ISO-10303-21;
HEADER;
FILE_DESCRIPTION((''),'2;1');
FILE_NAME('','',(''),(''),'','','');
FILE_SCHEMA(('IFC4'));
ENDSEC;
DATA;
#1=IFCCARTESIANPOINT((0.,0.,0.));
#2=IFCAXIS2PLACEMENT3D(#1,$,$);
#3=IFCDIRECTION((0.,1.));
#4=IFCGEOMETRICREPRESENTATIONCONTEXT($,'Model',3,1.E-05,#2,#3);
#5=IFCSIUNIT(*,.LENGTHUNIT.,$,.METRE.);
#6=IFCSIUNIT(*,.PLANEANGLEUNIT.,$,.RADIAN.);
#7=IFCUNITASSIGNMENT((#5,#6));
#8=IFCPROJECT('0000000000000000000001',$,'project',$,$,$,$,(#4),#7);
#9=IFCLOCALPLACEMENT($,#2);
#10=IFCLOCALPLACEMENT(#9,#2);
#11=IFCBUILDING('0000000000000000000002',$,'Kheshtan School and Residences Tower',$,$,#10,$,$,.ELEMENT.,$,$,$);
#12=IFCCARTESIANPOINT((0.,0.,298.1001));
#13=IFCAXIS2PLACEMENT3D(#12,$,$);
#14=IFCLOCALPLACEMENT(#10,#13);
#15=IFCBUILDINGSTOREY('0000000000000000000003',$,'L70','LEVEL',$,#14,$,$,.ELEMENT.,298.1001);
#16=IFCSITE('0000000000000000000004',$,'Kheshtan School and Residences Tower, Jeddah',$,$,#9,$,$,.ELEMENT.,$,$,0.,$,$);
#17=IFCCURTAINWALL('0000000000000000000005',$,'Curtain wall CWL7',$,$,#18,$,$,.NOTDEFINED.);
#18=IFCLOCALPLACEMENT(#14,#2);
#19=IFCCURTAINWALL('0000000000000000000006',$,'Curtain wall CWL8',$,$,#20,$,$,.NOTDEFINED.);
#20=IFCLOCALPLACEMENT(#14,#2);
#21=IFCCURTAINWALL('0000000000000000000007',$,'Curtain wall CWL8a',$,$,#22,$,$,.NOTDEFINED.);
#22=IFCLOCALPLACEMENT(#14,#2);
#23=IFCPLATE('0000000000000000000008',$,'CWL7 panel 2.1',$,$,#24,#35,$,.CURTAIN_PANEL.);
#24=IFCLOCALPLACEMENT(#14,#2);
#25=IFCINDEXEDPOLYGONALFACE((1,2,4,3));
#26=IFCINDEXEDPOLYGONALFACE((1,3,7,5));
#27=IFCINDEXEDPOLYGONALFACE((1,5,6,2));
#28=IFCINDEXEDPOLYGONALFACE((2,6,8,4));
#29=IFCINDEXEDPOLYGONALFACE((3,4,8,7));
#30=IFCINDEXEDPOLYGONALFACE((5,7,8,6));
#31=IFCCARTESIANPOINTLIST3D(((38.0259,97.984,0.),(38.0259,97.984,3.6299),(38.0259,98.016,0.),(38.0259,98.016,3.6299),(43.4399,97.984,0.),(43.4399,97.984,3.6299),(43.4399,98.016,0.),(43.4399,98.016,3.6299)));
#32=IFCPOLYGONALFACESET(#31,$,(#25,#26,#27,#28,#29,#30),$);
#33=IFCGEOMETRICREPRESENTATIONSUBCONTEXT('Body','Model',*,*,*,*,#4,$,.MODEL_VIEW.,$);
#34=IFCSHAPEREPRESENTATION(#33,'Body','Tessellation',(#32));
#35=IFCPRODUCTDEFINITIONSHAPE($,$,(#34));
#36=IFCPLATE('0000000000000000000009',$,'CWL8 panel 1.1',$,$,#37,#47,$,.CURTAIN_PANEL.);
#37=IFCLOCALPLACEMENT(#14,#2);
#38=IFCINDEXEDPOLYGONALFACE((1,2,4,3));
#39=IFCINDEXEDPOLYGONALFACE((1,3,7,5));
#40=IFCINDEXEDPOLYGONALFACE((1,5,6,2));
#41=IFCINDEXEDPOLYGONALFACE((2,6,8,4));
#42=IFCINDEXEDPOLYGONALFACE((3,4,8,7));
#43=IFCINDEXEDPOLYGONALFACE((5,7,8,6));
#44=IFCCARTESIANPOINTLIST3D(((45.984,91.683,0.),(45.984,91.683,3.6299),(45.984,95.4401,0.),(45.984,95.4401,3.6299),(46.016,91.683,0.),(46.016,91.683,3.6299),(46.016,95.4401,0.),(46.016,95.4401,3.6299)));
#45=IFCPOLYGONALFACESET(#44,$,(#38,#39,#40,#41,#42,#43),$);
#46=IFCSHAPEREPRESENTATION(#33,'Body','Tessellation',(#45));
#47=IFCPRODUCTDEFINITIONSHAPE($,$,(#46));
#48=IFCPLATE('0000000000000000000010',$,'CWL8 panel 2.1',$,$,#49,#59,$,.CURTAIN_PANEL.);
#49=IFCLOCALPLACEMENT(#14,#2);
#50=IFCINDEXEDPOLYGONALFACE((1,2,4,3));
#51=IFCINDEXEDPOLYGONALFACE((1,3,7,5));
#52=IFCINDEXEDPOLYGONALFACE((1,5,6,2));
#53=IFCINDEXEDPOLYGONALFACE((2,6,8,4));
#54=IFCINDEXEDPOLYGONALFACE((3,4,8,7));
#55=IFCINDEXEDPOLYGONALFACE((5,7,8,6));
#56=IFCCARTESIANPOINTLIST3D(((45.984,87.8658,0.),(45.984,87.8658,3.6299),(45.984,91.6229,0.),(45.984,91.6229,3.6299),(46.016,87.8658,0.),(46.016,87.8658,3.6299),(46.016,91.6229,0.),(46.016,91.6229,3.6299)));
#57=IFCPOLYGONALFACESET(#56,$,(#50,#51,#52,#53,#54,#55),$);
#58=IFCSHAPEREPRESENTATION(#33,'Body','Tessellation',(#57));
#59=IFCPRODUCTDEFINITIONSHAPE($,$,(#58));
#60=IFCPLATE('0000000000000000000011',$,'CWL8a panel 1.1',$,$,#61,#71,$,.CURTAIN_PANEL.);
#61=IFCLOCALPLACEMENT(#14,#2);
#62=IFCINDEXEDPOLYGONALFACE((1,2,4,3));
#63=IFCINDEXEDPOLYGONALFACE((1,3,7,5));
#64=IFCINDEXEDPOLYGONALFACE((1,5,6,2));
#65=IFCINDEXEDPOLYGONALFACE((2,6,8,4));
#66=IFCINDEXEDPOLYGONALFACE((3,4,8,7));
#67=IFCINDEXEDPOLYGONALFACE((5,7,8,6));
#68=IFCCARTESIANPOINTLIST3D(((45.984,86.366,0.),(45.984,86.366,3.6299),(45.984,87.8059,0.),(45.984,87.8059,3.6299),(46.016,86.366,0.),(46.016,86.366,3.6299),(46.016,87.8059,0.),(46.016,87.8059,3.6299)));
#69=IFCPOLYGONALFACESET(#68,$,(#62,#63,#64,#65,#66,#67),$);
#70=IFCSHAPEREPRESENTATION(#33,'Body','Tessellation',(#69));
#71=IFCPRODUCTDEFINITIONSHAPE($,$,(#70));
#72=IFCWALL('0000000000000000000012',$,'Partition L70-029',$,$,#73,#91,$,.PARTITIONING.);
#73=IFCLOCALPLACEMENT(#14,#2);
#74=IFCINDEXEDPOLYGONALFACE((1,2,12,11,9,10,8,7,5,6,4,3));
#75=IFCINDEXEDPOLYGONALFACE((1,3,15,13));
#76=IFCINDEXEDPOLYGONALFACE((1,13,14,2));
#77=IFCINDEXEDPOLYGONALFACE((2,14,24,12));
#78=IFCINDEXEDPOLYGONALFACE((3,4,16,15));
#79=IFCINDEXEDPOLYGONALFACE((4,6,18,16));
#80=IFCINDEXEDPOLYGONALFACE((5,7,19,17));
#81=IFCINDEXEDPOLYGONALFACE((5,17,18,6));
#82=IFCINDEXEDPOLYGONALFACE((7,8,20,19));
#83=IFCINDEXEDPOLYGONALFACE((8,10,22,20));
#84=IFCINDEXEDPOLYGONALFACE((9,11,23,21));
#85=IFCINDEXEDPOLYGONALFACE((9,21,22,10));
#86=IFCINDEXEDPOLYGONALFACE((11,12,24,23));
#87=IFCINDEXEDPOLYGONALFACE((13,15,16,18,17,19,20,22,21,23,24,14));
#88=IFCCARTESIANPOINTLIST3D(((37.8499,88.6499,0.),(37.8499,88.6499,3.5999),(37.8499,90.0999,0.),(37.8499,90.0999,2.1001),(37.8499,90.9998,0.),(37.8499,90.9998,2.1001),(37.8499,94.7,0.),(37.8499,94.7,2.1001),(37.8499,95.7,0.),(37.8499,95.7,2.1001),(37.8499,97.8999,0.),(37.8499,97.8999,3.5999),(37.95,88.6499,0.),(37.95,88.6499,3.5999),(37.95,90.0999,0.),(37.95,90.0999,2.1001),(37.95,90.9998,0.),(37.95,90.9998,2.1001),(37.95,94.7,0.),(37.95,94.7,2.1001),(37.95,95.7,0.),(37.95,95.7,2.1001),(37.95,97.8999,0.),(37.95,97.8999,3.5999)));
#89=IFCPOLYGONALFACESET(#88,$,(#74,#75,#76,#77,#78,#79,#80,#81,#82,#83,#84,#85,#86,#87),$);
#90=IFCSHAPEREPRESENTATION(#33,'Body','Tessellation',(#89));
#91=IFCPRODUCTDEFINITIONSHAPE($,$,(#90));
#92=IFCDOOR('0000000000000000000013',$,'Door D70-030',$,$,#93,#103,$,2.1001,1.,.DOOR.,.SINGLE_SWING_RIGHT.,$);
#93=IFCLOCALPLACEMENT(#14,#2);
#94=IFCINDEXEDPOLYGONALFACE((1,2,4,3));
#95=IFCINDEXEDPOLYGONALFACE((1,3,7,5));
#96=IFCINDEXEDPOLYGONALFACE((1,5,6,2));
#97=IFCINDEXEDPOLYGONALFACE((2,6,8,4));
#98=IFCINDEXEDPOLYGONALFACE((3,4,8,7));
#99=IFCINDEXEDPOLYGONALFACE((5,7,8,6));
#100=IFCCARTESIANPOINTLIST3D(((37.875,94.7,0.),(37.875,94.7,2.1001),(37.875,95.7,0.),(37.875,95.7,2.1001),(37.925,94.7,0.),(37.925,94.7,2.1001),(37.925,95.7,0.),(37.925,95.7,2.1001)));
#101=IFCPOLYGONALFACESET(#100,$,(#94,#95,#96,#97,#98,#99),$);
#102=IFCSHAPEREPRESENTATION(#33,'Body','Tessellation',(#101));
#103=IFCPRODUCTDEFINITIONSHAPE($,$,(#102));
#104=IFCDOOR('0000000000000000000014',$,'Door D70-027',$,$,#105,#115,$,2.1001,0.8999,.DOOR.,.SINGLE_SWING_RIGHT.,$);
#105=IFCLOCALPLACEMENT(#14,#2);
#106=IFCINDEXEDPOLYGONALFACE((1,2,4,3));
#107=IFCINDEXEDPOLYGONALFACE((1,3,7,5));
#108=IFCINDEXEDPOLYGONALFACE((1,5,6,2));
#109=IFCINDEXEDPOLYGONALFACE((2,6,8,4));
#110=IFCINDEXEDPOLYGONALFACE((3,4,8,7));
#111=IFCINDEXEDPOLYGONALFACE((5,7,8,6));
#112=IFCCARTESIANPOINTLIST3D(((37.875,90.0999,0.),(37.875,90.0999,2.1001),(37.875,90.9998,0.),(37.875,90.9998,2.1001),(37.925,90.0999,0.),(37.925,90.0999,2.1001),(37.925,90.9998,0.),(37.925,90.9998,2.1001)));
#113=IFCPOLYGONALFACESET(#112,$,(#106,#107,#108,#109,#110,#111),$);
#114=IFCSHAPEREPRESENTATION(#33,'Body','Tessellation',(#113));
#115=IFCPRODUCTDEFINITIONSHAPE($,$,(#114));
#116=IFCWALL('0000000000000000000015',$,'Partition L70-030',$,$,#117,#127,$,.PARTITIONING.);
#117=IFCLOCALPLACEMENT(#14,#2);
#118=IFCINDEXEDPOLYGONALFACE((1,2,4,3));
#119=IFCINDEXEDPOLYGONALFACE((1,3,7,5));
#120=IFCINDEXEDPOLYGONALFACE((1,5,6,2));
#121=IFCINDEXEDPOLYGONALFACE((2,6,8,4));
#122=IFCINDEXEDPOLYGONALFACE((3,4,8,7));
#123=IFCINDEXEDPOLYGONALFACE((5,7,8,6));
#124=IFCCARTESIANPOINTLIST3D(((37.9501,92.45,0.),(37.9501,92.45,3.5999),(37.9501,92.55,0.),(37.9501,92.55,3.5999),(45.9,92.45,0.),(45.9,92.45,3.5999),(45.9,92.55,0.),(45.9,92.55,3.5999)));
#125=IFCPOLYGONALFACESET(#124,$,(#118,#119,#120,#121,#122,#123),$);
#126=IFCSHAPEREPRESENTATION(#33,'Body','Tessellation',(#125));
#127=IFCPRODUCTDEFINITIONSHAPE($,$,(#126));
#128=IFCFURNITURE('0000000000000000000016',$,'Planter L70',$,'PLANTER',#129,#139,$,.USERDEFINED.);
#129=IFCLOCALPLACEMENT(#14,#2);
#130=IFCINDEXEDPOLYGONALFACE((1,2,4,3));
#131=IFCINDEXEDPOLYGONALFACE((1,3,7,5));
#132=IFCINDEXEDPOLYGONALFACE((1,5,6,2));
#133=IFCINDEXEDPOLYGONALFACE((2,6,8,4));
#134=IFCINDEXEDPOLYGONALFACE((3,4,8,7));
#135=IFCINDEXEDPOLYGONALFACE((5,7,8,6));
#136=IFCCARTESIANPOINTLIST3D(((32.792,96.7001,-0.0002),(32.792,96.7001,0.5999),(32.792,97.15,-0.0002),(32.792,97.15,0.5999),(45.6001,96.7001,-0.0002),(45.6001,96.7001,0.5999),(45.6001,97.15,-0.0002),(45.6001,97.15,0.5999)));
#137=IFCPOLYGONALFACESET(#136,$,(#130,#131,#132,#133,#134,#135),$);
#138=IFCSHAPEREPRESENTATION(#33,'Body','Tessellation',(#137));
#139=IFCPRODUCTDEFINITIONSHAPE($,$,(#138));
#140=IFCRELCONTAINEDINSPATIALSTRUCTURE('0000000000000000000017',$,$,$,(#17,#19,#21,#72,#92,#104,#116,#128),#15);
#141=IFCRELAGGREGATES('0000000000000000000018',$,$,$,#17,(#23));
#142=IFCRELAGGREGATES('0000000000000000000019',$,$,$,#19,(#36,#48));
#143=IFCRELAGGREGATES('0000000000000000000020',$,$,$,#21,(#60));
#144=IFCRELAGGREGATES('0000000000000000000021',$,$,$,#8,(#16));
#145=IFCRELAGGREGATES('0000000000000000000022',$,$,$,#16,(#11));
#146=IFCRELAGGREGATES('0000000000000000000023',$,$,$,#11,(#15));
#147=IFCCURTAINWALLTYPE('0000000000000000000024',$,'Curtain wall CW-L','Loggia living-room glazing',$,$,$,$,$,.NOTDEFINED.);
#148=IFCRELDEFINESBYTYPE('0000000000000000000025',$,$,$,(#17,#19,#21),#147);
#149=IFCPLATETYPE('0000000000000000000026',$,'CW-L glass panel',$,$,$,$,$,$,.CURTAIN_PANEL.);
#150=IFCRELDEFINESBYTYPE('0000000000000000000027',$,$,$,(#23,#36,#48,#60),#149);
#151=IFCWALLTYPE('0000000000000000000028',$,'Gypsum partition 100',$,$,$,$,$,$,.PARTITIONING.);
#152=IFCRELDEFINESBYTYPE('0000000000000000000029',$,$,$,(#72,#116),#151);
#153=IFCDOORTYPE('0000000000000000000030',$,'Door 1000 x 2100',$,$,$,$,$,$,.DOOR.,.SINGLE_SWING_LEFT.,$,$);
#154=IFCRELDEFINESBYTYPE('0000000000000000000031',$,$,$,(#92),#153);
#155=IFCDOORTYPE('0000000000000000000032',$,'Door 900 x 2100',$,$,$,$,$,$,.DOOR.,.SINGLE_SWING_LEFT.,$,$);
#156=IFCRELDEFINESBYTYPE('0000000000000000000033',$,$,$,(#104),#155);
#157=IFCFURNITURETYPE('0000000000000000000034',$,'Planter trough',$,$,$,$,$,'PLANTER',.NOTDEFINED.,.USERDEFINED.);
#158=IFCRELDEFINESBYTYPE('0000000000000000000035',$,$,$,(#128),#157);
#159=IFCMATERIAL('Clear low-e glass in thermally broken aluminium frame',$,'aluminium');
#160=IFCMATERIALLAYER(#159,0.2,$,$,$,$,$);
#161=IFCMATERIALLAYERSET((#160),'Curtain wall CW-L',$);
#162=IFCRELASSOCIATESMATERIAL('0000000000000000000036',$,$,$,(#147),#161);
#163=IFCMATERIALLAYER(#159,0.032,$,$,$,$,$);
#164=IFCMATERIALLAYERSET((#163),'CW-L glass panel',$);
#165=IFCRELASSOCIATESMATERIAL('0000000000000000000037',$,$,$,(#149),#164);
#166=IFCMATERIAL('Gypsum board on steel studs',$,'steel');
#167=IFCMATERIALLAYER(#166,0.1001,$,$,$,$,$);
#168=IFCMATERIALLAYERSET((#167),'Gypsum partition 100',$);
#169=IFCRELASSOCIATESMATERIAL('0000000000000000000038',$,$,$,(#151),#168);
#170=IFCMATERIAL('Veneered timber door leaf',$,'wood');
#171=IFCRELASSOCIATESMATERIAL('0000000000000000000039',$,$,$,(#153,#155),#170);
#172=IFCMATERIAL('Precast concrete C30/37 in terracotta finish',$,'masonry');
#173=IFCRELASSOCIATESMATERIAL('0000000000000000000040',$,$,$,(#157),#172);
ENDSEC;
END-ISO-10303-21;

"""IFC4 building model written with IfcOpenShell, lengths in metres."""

from ifc_helpers import new_model, si_unit, direction, frame, frame_2d, origin, origin_2d, place, context, subcontext, project, spatial, rectangle, extrude, source, transform, mapped, material, layer, layer_set, type_object, element, fill, aggregate, save


model = new_model("IFC4")

# Units and contexts
model_context = context("Model", 3, precision=1e-05, world=origin(), true_north=direction((0.0, 1.0)))
body_context = subcontext(model_context, "Body", "Model", "MODEL_VIEW")
ifc_project = project(units=[si_unit("LENGTHUNIT", "METRE"), si_unit("PLANEANGLEUNIT", "RADIAN")], contexts=[model_context])

# Site, building, storey
site_placement = place(None, origin())
site = spatial("IfcSite", under=ifc_project, at=site_placement, Name="Kheshtan School and Residences Tower, Jeddah", CompositionType="ELEMENT", RefElevation=0.0)
building_placement = place(site_placement, origin())
building = spatial("IfcBuilding", under=site, at=building_placement, Name="Kheshtan School and Residences Tower", CompositionType="ELEMENT")
storey_placement = place(building_placement, frame((0.0, 0.0, 298.1001)))
storey = spatial("IfcBuildingStorey", under=building, at=storey_placement, Name="L70", Description="LEVEL", CompositionType="ELEMENT", Elevation=298.1001)

# Curtain walls
ifc_material_1 = material(Name="Clear low-e glass in thermally broken aluminium frame", Category="aluminium")
ifc_layer_1 = layer(ifc_material_1, 0.2)
ifc_layer_set_1 = layer_set([ifc_layer_1], Name="Curtain wall CW-L")
curtain_wall_type = type_object("IfcCurtainWallType", Name="Curtain wall CW-L", Description="Loggia living-room glazing", PredefinedType="NOTDEFINED", material=ifc_layer_set_1)
curtain_wall_1_placement = place(storey_placement, origin())
curtain_wall_1 = element("IfcCurtainWall", 1, at=curtain_wall_1_placement, inside=storey, type_object=curtain_wall_type, Name="Curtain wall CWL7", PredefinedType="NOTDEFINED")
curtain_wall_2_placement = place(storey_placement, origin())
curtain_wall_2 = element("IfcCurtainWall", 2, at=curtain_wall_2_placement, inside=storey, type_object=curtain_wall_type, Name="Curtain wall CWL8", PredefinedType="NOTDEFINED")

# Curtain wall
curtain_wall_3_placement = place(storey_placement, origin())
curtain_wall_3 = element("IfcCurtainWall", 3, at=curtain_wall_3_placement, inside=storey, type_object=curtain_wall_type, Name="Curtain wall CWL8a", PredefinedType="NOTDEFINED")

# Plates
ifc_layer_2 = layer(ifc_material_1, 0.032)
ifc_layer_set_2 = layer_set([ifc_layer_2], Name="CW-L glass panel")
plate_type = type_object("IfcPlateType", Name="CW-L glass panel", PredefinedType="CURTAIN_PANEL", material=ifc_layer_set_2)
plate_1_placement = place(storey_placement, frame((40.7329, 98.0, 0.0), z_axis=(0.0, 0.0, 1.0), x_axis=(1.0, 0.0, 0.0)))
plate_1 = element("IfcPlate", 4, at=plate_1_placement, type_object=plate_type, Name="CWL7 panel 2.1", PredefinedType="CURTAIN_PANEL", context=body_context, shape_type="SweptSolid", body=[
    extrude(rectangle(XDim=5.4141, YDim=0.032, at=origin_2d()), origin(), (0.0, 0.0, 1.0), 3.6299),
])
aggregate(curtain_wall_1, [plate_1])
plate_2_placement = place(storey_placement, frame((46.0, 93.5615, 0.0), z_axis=(0.0, 0.0, 1.0), x_axis=(0.0, -1.0, 0.0)))
plate_2 = element("IfcPlate", 5, at=plate_2_placement, type_object=plate_type, Name="CWL8 panel 1.1", PredefinedType="CURTAIN_PANEL", context=body_context, shape_type="SweptSolid", body=[
    extrude(rectangle(XDim=3.7571, YDim=0.032, at=origin_2d()), origin(), (0.0, 0.0, 1.0), 3.6299),
])
plate_3_placement = place(storey_placement, frame((46.0, 89.7444, 0.0), z_axis=(0.0, 0.0, 1.0), x_axis=(0.0, -1.0, 0.0)))
plate_3 = element("IfcPlate", 6, at=plate_3_placement, type_object=plate_type, Name="CWL8 panel 2.1", PredefinedType="CURTAIN_PANEL", context=body_context, shape_type="SweptSolid", body=[
    extrude(rectangle(XDim=3.7571, YDim=0.032, at=origin_2d()), origin(), (0.0, 0.0, 1.0), 3.6299),
])
aggregate(curtain_wall_2, [plate_2, plate_3])
plate_4_placement = place(storey_placement, frame((46.0, 87.0859, 0.0), z_axis=(0.0, 0.0, 1.0), x_axis=(0.0, -1.0, 0.0)))
plate_4 = element("IfcPlate", 7, at=plate_4_placement, type_object=plate_type, Name="CWL8a panel 1.1", PredefinedType="CURTAIN_PANEL", context=body_context, shape_type="SweptSolid", body=[
    extrude(rectangle(XDim=1.4399, YDim=0.032, at=origin_2d()), origin(), (0.0, 0.0, 1.0), 3.6299),
])
aggregate(curtain_wall_3, [plate_4])

# Wall, openings, doors
ifc_material_2 = material(Name="Gypsum board on steel studs", Category="steel")
ifc_layer_3 = layer(ifc_material_2, 0.1001)
ifc_layer_set_3 = layer_set([ifc_layer_3], Name="Gypsum partition 100")
wall_type_1 = type_object("IfcWallType", Name="Gypsum partition 100", PredefinedType="PARTITIONING", material=ifc_layer_set_3)
wall_1_placement = place(storey_placement, frame((37.8999, 88.6499, 0.0), z_axis=(0.0, 0.0, 1.0), x_axis=(0.0, 1.0, 0.0)))
wall_1 = element("IfcWall", 8, at=wall_1_placement, inside=storey, type_object=wall_type_1, Name="Partition L70-029", PredefinedType="PARTITIONING", context=body_context, shape_type="SweptSolid", body=[
    extrude(rectangle(XDim=9.25, YDim=0.1001, at=frame_2d((4.625, 0.0))), origin(), (0.0, 0.0, 1.0), 3.5999),
])
opening_1_placement = place(wall_1_placement, frame((1.45, 0.0, 0.0)))
opening_1 = element("IfcOpeningElement", 9, at=opening_1_placement, cuts=wall_1, PredefinedType="OPENING", context=body_context, shape_type="SweptSolid", body=[
    extrude(rectangle(XDim=0.8999, YDim=2.1001, at=frame_2d((0.45, 1.05))), frame((0.0, 0.0601, 0.0), z_axis=(0.0, -1.0, 0.0), x_axis=(1.0, 0.0, 0.0)), (0.0, 0.0, 1.0), 0.1201),
])
opening_2_placement = place(wall_1_placement, frame((6.05, 0.0, 0.0)))
opening_2 = element("IfcOpeningElement", 10, at=opening_2_placement, cuts=wall_1, PredefinedType="OPENING", context=body_context, shape_type="SweptSolid", body=[
    extrude(rectangle(XDim=1.0, YDim=2.1001, at=frame_2d((0.5, 1.05))), frame((0.0, 0.0601, 0.0), z_axis=(0.0, -1.0, 0.0), x_axis=(1.0, 0.0, 0.0)), (0.0, 0.0, 1.0), 0.1201),
])
ifc_material_3 = material(Name="Veneered timber door leaf", Category="wood")
door_type_1 = type_object("IfcDoorType", Name="Door 1000 x 2100", OperationType="SINGLE_SWING_LEFT", PredefinedType="DOOR", material=ifc_material_3)
shared_shape_1 = source(origin(), body_context, "Body", "SweptSolid", [
    extrude(rectangle(XDim=1.0, YDim=2.1001, at=frame_2d((0.5, 1.05))), frame((0.0, 0.0249, 0.0), z_axis=(0.0, -1.0, 0.0), x_axis=(1.0, 0.0, 0.0)), (0.0, 0.0, 1.0), 0.05),
])
door_1_placement = place(opening_2_placement, origin())
door_1 = element("IfcDoor", 11, at=door_1_placement, inside=storey, type_object=door_type_1, Name="Door D70-030", OperationType="SINGLE_SWING_RIGHT", OverallHeight=2.1001, OverallWidth=1.0, PredefinedType="DOOR", context=body_context, shape_type="MappedRepresentation", body=[
    mapped(shared_shape_1, transform((0.0, 0.0, 0.0), x_axis=(1.0, 0.0, 0.0), y_axis=(0.0, 1.0, 0.0), z_axis=(0.0, 0.0, 1.0), scale=1.0)),
])
fill(opening_2, door_1)
door_type_2 = type_object("IfcDoorType", Name="Door 900 x 2100", OperationType="SINGLE_SWING_LEFT", PredefinedType="DOOR", material=ifc_material_3)
shared_shape_2 = source(origin(), body_context, "Body", "SweptSolid", [
    extrude(rectangle(XDim=0.8999, YDim=2.1001, at=frame_2d((0.45, 1.05))), frame((0.0, 0.0249, 0.0), z_axis=(0.0, -1.0, 0.0), x_axis=(1.0, 0.0, 0.0)), (0.0, 0.0, 1.0), 0.05),
])
door_2_placement = place(opening_1_placement, origin())
door_2 = element("IfcDoor", 12, at=door_2_placement, inside=storey, type_object=door_type_2, Name="Door D70-027", OperationType="SINGLE_SWING_RIGHT", OverallHeight=2.1001, OverallWidth=0.8999, PredefinedType="DOOR", context=body_context, shape_type="MappedRepresentation", body=[
    mapped(shared_shape_2, transform((0.0, 0.0, 0.0), x_axis=(1.0, 0.0, 0.0), y_axis=(0.0, 1.0, 0.0), z_axis=(0.0, 0.0, 1.0), scale=1.0)),
])
fill(opening_1, door_2)

# Wall
wall_2_placement = place(storey_placement, frame((37.95, 92.5, 0.0), z_axis=(0.0, 0.0, 1.0), x_axis=(1.0, 0.0, 0.0)))
element("IfcWall", 13, at=wall_2_placement, inside=storey, type_object=wall_type_1, Name="Partition L70-030", PredefinedType="PARTITIONING", context=body_context, shape_type="SweptSolid", body=[
    extrude(rectangle(XDim=7.95, YDim=0.1001, at=frame_2d((3.9751, 0.0))), origin(), (0.0, 0.0, 1.0), 3.5999),
])

# Furniture
ifc_material_4 = material(Name="Precast concrete C30/37 in terracotta finish", Category="masonry")
furniture_type = type_object("IfcFurnitureType", Name="Planter trough", ElementType="PLANTER", AssemblyPlace="NOTDEFINED", PredefinedType="USERDEFINED", material=ifc_material_4)
furniture_placement = place(storey_placement, frame((39.196, 96.925, -0.0002), z_axis=(0.0, 0.0, 1.0), x_axis=(1.0, 0.0, 0.0)))
element("IfcFurniture", 14, at=furniture_placement, inside=storey, type_object=furniture_type, Name="Planter L70", ObjectType="PLANTER", PredefinedType="USERDEFINED", context=body_context, shape_type="SweptSolid", body=[
    extrude(rectangle(XDim=12.8081, YDim=0.45, at=origin_2d()), origin(), (0.0, 0.0, 1.0), 0.6001),
])

save(model, "model.ifc")
